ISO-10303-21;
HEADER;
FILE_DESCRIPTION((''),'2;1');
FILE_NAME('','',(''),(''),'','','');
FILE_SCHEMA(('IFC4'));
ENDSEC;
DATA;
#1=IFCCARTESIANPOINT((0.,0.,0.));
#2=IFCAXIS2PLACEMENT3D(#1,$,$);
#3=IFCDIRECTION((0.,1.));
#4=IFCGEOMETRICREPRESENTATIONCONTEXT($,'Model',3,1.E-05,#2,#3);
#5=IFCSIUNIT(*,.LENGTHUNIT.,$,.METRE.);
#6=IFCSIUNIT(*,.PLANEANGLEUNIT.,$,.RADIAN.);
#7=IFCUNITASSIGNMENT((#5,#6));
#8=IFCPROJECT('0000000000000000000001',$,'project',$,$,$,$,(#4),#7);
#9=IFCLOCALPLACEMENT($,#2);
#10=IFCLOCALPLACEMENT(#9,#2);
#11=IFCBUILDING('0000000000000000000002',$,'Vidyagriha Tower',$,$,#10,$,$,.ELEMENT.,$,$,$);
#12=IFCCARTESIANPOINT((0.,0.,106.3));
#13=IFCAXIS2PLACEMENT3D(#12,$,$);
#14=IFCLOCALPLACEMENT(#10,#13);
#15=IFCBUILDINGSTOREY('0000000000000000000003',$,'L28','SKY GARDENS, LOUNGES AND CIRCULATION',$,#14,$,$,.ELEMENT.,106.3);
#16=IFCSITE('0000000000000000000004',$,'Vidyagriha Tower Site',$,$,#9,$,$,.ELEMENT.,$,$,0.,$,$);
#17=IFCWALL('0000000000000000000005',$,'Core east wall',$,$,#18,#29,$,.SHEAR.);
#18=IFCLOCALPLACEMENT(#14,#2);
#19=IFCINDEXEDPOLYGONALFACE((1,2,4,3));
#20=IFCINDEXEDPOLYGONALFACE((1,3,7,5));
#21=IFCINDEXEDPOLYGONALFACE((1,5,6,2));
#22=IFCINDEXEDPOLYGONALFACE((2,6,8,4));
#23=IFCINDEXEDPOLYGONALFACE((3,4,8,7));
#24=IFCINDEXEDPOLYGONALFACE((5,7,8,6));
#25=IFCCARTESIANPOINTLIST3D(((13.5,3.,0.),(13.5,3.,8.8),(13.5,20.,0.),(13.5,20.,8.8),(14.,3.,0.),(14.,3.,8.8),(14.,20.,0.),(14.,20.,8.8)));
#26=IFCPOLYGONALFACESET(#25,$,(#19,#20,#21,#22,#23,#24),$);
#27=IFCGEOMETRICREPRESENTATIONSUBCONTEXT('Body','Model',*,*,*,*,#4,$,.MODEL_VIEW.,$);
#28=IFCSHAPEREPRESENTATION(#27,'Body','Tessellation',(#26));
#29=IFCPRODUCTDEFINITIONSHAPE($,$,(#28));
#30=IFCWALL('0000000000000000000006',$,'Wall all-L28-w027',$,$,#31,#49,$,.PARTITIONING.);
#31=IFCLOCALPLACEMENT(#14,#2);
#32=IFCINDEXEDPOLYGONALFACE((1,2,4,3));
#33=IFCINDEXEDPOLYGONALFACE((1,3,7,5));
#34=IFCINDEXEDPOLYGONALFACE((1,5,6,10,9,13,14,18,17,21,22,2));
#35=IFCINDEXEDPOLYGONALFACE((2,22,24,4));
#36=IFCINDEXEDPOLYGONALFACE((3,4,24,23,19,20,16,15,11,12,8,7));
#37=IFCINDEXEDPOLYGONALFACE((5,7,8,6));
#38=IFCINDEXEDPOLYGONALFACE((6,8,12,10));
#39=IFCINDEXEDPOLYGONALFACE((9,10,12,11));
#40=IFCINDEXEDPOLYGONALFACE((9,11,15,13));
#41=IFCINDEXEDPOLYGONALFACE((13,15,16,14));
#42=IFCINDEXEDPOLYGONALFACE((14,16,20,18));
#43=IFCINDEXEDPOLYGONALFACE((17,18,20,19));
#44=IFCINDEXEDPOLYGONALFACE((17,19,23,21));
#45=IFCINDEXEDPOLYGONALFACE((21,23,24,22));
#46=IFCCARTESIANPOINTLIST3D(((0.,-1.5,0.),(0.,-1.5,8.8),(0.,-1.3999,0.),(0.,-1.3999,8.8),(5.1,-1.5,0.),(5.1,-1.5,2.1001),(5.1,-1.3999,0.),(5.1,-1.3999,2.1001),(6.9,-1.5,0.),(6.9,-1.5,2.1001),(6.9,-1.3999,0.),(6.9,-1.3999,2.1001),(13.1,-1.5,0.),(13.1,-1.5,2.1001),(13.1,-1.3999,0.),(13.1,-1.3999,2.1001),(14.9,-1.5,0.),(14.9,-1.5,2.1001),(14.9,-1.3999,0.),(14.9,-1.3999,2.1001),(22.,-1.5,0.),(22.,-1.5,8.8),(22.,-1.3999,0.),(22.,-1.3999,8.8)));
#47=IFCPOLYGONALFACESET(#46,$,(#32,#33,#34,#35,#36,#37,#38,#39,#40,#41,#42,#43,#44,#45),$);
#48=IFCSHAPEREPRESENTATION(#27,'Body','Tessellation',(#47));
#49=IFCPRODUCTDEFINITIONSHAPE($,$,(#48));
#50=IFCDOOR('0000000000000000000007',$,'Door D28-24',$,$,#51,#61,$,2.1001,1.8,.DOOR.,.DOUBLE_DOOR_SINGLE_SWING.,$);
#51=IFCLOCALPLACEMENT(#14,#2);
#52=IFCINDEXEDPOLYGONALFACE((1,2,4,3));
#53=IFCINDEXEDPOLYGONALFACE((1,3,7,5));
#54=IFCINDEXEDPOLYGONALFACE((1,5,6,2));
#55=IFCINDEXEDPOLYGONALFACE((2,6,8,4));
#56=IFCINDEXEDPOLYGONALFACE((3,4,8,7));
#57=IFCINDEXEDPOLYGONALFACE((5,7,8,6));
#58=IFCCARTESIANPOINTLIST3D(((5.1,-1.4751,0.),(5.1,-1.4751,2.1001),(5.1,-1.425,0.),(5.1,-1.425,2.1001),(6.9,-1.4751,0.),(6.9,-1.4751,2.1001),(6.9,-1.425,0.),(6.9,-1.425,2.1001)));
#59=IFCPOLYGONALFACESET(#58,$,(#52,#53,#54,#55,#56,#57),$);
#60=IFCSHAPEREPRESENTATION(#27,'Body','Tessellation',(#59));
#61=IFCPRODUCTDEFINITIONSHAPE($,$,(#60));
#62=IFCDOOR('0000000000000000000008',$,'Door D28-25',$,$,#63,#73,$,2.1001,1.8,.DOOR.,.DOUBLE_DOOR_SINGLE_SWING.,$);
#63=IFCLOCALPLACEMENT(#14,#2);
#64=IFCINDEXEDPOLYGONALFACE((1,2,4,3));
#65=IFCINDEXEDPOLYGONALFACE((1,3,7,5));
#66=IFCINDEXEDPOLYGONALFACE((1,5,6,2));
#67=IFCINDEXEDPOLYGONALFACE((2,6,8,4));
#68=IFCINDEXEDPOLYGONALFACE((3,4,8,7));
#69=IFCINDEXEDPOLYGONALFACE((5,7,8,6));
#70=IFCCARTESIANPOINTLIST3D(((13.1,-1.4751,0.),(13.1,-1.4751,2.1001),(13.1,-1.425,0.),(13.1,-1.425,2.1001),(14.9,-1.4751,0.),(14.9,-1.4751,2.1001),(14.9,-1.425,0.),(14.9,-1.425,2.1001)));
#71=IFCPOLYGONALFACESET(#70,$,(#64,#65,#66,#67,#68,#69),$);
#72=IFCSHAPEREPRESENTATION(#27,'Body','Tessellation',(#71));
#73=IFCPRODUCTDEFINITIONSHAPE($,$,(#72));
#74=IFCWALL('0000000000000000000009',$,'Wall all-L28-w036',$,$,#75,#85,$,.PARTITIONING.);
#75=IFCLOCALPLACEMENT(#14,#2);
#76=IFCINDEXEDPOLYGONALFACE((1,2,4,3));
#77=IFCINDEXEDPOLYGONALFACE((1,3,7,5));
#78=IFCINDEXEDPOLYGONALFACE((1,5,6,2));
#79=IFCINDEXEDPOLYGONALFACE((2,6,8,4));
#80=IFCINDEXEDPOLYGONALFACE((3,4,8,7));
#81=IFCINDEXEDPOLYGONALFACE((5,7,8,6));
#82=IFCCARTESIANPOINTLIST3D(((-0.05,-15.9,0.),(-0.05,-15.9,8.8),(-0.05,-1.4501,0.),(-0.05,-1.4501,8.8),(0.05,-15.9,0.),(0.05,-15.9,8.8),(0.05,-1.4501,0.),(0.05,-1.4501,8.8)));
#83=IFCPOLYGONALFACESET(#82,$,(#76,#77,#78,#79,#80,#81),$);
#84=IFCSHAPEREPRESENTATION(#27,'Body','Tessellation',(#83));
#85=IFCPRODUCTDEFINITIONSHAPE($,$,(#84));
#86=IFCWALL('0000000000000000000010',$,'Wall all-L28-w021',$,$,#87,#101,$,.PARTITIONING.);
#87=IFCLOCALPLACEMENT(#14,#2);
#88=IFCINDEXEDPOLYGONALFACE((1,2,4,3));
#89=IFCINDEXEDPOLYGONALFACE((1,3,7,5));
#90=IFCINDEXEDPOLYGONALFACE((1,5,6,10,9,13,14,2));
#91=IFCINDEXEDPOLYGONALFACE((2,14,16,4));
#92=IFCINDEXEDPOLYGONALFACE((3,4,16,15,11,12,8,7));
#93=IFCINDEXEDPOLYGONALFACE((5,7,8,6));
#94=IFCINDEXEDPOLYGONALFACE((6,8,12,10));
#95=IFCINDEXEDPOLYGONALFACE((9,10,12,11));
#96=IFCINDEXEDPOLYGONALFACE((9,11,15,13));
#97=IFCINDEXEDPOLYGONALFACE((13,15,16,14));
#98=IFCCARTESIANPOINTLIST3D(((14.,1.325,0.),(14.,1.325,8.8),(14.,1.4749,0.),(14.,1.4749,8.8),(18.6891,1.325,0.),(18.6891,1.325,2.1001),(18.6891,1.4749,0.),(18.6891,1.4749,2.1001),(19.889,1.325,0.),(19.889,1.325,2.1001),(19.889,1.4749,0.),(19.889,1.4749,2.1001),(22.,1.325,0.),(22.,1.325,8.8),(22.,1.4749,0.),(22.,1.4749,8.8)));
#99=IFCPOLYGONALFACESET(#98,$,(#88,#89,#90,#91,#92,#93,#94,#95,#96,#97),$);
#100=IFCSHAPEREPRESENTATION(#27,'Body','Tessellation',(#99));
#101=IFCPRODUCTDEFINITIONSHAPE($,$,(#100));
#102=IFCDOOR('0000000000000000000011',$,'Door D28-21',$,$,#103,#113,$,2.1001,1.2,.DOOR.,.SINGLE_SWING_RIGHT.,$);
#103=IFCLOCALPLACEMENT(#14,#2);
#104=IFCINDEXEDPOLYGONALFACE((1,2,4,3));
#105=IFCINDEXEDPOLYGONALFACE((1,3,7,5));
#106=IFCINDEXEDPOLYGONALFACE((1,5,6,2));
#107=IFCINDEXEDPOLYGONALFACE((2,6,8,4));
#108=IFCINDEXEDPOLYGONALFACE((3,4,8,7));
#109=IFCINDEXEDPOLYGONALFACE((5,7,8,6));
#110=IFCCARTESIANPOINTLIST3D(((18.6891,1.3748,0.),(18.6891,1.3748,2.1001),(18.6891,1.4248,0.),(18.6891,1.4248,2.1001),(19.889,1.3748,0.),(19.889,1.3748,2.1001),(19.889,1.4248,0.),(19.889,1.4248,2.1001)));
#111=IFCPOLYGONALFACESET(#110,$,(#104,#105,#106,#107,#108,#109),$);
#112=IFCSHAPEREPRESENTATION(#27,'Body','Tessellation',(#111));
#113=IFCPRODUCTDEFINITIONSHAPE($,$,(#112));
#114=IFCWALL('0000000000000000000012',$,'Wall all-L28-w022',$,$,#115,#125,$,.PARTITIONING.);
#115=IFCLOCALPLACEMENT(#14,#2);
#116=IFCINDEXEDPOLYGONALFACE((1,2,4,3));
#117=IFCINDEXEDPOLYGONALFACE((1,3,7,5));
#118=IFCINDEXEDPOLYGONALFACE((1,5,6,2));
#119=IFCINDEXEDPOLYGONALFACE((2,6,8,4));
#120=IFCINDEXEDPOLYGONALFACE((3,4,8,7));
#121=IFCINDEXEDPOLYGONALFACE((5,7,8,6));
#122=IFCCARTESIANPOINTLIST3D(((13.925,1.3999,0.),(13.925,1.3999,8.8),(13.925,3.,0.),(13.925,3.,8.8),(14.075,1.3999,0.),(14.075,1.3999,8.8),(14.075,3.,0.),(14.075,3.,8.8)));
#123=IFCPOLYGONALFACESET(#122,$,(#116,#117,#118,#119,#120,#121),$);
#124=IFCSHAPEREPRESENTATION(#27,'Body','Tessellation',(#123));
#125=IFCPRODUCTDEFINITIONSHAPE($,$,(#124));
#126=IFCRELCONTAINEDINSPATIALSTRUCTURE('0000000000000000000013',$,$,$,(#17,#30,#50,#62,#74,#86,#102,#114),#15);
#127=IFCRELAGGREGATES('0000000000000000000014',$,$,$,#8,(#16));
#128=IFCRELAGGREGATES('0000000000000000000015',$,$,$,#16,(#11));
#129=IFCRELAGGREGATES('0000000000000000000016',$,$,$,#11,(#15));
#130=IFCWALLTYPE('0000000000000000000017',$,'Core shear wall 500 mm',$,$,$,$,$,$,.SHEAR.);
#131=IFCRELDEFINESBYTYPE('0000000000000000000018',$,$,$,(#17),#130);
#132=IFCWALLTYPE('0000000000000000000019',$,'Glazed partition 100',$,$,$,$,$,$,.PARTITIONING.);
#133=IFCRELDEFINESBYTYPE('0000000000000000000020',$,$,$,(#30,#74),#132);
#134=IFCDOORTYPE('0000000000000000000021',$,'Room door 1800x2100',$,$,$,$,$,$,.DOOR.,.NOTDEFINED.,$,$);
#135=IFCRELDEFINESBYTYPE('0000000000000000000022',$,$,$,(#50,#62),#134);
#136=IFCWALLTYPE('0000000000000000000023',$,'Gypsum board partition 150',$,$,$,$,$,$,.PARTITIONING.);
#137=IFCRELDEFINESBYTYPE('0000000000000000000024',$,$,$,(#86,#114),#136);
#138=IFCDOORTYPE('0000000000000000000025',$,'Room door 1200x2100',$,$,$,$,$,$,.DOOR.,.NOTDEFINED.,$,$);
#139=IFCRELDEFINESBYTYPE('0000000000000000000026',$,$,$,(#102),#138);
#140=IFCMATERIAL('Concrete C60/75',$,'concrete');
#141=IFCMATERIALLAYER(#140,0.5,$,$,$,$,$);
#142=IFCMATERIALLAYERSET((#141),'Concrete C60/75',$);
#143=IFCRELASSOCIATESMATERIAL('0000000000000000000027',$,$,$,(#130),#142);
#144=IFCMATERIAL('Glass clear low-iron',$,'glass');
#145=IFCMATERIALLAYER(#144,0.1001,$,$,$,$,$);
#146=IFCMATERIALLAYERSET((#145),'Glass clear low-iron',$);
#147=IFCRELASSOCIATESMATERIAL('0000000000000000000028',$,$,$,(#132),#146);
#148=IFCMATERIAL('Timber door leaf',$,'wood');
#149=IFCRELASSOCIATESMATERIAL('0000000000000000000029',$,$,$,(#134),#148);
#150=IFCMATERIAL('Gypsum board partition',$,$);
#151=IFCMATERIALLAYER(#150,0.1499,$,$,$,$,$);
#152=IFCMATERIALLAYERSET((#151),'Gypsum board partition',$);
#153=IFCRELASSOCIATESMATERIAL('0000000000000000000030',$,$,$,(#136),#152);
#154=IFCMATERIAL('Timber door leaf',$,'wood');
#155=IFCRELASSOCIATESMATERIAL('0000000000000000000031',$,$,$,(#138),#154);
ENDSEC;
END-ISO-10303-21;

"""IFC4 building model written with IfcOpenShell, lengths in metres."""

from ifc_helpers import new_model, si_unit, direction, frame, frame_2d, origin, place, context, subcontext, project, spatial, rectangle, extrude, material, layer, layer_set, type_object, element, fill, save


model = new_model("IFC4")

# Units and contexts
model_context = context("Model", 3, precision=1e-05, world=origin(), true_north=direction((0.0, 1.0)))
body_context = subcontext(model_context, "Body", "Model", "MODEL_VIEW")
ifc_project = project(units=[si_unit("LENGTHUNIT", "METRE"), si_unit("PLANEANGLEUNIT", "RADIAN")], contexts=[model_context])

# Site, building, storey
site_placement = place(None, origin())
site = spatial("IfcSite", under=ifc_project, at=site_placement, Name="Vidyagriha Tower Site", CompositionType="ELEMENT", RefElevation=0.0)
building_placement = place(site_placement, origin())
building = spatial("IfcBuilding", under=site, at=building_placement, Name="Vidyagriha Tower", CompositionType="ELEMENT")
storey_placement = place(building_placement, frame((0.0, 0.0, 106.3)))
storey = spatial("IfcBuildingStorey", under=building, at=storey_placement, Name="L28", Description="SKY GARDENS, LOUNGES AND CIRCULATION", CompositionType="ELEMENT", Elevation=106.3)

# Wall
ifc_material_1 = material(Name="Concrete C60/75", Category="concrete")
ifc_layer_1 = layer(ifc_material_1, 0.5)
ifc_layer_set_1 = layer_set([ifc_layer_1], Name="Concrete C60/75")
wall_type_1 = type_object("IfcWallType", Name="Core shear wall 500 mm", PredefinedType="SHEAR", material=ifc_layer_set_1)
wall_1_placement = place(storey_placement, frame((13.75, 3.0, 0.0), z_axis=(0.0, 0.0, 1.0), x_axis=(0.0, 1.0, 0.0)))
element("IfcWall", 1, at=wall_1_placement, inside=storey, type_object=wall_type_1, Name="Core east wall", PredefinedType="SHEAR", context=body_context, shape_type="SweptSolid", body=[
    extrude(rectangle(XDim=17.0, YDim=0.5, at=frame_2d((8.5, 0.0))), origin(), (0.0, 0.0, 1.0), 8.8),
])

# Wall, openings, doors
ifc_material_2 = material(Name="Glass clear low-iron", Category="glass")
ifc_layer_2 = layer(ifc_material_2, 0.1001)
ifc_layer_set_2 = layer_set([ifc_layer_2], Name="Glass clear low-iron")
wall_type_2 = type_object("IfcWallType", Name="Glazed partition 100", PredefinedType="PARTITIONING", material=ifc_layer_set_2)
wall_2_placement = place(storey_placement, frame((0.0, -1.45, 0.0)))
wall_2 = element("IfcWall", 2, at=wall_2_placement, inside=storey, type_object=wall_type_2, Name="Wall all-L28-w027", PredefinedType="PARTITIONING", context=body_context, shape_type="SweptSolid", body=[
    extrude(rectangle(XDim=22.0, YDim=0.1001, at=frame_2d((11.0, 0.0))), origin(), (0.0, 0.0, 1.0), 8.8),
])
opening_1_placement = place(wall_2_placement, frame((5.1001, 0.0, 0.0)))
opening_1 = element("IfcOpeningElement", 3, at=opening_1_placement, cuts=wall_2, PredefinedType="OPENING", context=body_context, shape_type="SweptSolid", body=[
    extrude(rectangle(XDim=1.8, YDim=2.1001, at=frame_2d((0.8999, 1.05))), frame((0.0, 0.0601, 0.0), z_axis=(0.0, -1.0, 0.0), x_axis=(1.0, 0.0, 0.0)), (0.0, 0.0, 1.0), 0.1201),
])
opening_2_placement = place(wall_2_placement, frame((13.1001, 0.0, 0.0)))
opening_2 = element("IfcOpeningElement", 4, at=opening_2_placement, cuts=wall_2, PredefinedType="OPENING", context=body_context, shape_type="SweptSolid", body=[
    extrude(rectangle(XDim=1.8, YDim=2.1001, at=frame_2d((0.8999, 1.05))), frame((0.0, 0.0601, 0.0), z_axis=(0.0, -1.0, 0.0), x_axis=(1.0, 0.0, 0.0)), (0.0, 0.0, 1.0), 0.1201),
])
ifc_material_3 = material(Name="Timber door leaf", Category="wood")
door_type_1 = type_object("IfcDoorType", Name="Room door 1800x2100", OperationType="NOTDEFINED", PredefinedType="DOOR", material=ifc_material_3)
door_1_placement = place(opening_1_placement, origin())
door_1 = element("IfcDoor", 5, at=door_1_placement, inside=storey, type_object=door_type_1, Name="Door D28-24", OperationType="DOUBLE_DOOR_SINGLE_SWING", OverallHeight=2.1001, OverallWidth=1.8, PredefinedType="DOOR", context=body_context, shape_type="SweptSolid", body=[
    extrude(rectangle(XDim=1.8, YDim=2.1001, at=frame_2d((0.8999, 1.05))), frame((0.0, 0.0249, 0.0), z_axis=(0.0, -1.0, 0.0), x_axis=(1.0, 0.0, 0.0)), (0.0, 0.0, 1.0), 0.05),
])
fill(opening_1, door_1)
door_2_placement = place(opening_2_placement, origin())
door_2 = element("IfcDoor", 6, at=door_2_placement, inside=storey, type_object=door_type_1, Name="Door D28-25", OperationType="DOUBLE_DOOR_SINGLE_SWING", OverallHeight=2.1001, OverallWidth=1.8, PredefinedType="DOOR", context=body_context, shape_type="SweptSolid", body=[
    extrude(rectangle(XDim=1.8, YDim=2.1001, at=frame_2d((0.8999, 1.05))), frame((0.0, 0.0249, 0.0), z_axis=(0.0, -1.0, 0.0), x_axis=(1.0, 0.0, 0.0)), (0.0, 0.0, 1.0), 0.05),
])
fill(opening_2, door_2)

# Wall
wall_3_placement = place(storey_placement, frame((0.0, -1.45, 0.0), z_axis=(0.0, 0.0, 1.0), x_axis=(0.0, -1.0, 0.0)))
element("IfcWall", 7, at=wall_3_placement, inside=storey, type_object=wall_type_2, Name="Wall all-L28-w036", PredefinedType="PARTITIONING", context=body_context, shape_type="SweptSolid", body=[
    extrude(rectangle(XDim=14.45, YDim=0.1001, at=frame_2d((7.2251, 0.0))), origin(), (0.0, 0.0, 1.0), 8.8),
])

# Wall, opening, door
ifc_material_4 = material(Name="Gypsum board partition")
ifc_layer_3 = layer(ifc_material_4, 0.1499)
ifc_layer_set_3 = layer_set([ifc_layer_3], Name="Gypsum board partition")
wall_type_3 = type_object("IfcWallType", Name="Gypsum board partition 150", PredefinedType="PARTITIONING", material=ifc_layer_set_3)
wall_4_placement = place(storey_placement, frame((14.0, 1.3999, 0.0)))
wall_4 = element("IfcWall", 8, at=wall_4_placement, inside=storey, type_object=wall_type_3, Name="Wall all-L28-w021", PredefinedType="PARTITIONING", context=body_context, shape_type="SweptSolid", body=[
    extrude(rectangle(XDim=8.0, YDim=0.1499, at=frame_2d((4.0, 0.0))), origin(), (0.0, 0.0, 1.0), 8.8),
])
opening_3_placement = place(wall_4_placement, frame((4.689, 0.0, 0.0)))
opening_3 = element("IfcOpeningElement", 9, at=opening_3_placement, cuts=wall_4, PredefinedType="OPENING", context=body_context, shape_type="SweptSolid", body=[
    extrude(rectangle(XDim=1.2, YDim=2.1001, at=frame_2d((0.6001, 1.05))), frame((0.0, 0.085, 0.0), z_axis=(0.0, -1.0, 0.0), x_axis=(1.0, 0.0, 0.0)), (0.0, 0.0, 1.0), 0.1699),
])
ifc_material_5 = material(Name="Timber door leaf", Category="wood")
door_type_2 = type_object("IfcDoorType", Name="Room door 1200x2100", OperationType="NOTDEFINED", PredefinedType="DOOR", material=ifc_material_5)
door_3_placement = place(opening_3_placement, origin())
door_3 = element("IfcDoor", 10, at=door_3_placement, inside=storey, type_object=door_type_2, Name="Door D28-21", OperationType="SINGLE_SWING_RIGHT", OverallHeight=2.1001, OverallWidth=1.2, PredefinedType="DOOR", context=body_context, shape_type="SweptSolid", body=[
    extrude(rectangle(XDim=1.2, YDim=2.1001, at=frame_2d((0.6001, 1.05))), frame((0.0, 0.0249, 0.0), z_axis=(0.0, -1.0, 0.0), x_axis=(1.0, 0.0, 0.0)), (0.0, 0.0, 1.0), 0.05),
])
fill(opening_3, door_3)

# Wall
wall_5_placement = place(storey_placement, frame((14.0, 3.0, 0.0), z_axis=(0.0, 0.0, 1.0), x_axis=(0.0, -1.0, 0.0)))
element("IfcWall", 11, at=wall_5_placement, inside=storey, type_object=wall_type_3, Name="Wall all-L28-w022", PredefinedType="PARTITIONING", context=body_context, shape_type="SweptSolid", body=[
    extrude(rectangle(XDim=1.6001, YDim=0.1499, at=frame_2d((0.8, 0.0))), origin(), (0.0, 0.0, 1.0), 8.8),
])

save(model, "model.ifc")
